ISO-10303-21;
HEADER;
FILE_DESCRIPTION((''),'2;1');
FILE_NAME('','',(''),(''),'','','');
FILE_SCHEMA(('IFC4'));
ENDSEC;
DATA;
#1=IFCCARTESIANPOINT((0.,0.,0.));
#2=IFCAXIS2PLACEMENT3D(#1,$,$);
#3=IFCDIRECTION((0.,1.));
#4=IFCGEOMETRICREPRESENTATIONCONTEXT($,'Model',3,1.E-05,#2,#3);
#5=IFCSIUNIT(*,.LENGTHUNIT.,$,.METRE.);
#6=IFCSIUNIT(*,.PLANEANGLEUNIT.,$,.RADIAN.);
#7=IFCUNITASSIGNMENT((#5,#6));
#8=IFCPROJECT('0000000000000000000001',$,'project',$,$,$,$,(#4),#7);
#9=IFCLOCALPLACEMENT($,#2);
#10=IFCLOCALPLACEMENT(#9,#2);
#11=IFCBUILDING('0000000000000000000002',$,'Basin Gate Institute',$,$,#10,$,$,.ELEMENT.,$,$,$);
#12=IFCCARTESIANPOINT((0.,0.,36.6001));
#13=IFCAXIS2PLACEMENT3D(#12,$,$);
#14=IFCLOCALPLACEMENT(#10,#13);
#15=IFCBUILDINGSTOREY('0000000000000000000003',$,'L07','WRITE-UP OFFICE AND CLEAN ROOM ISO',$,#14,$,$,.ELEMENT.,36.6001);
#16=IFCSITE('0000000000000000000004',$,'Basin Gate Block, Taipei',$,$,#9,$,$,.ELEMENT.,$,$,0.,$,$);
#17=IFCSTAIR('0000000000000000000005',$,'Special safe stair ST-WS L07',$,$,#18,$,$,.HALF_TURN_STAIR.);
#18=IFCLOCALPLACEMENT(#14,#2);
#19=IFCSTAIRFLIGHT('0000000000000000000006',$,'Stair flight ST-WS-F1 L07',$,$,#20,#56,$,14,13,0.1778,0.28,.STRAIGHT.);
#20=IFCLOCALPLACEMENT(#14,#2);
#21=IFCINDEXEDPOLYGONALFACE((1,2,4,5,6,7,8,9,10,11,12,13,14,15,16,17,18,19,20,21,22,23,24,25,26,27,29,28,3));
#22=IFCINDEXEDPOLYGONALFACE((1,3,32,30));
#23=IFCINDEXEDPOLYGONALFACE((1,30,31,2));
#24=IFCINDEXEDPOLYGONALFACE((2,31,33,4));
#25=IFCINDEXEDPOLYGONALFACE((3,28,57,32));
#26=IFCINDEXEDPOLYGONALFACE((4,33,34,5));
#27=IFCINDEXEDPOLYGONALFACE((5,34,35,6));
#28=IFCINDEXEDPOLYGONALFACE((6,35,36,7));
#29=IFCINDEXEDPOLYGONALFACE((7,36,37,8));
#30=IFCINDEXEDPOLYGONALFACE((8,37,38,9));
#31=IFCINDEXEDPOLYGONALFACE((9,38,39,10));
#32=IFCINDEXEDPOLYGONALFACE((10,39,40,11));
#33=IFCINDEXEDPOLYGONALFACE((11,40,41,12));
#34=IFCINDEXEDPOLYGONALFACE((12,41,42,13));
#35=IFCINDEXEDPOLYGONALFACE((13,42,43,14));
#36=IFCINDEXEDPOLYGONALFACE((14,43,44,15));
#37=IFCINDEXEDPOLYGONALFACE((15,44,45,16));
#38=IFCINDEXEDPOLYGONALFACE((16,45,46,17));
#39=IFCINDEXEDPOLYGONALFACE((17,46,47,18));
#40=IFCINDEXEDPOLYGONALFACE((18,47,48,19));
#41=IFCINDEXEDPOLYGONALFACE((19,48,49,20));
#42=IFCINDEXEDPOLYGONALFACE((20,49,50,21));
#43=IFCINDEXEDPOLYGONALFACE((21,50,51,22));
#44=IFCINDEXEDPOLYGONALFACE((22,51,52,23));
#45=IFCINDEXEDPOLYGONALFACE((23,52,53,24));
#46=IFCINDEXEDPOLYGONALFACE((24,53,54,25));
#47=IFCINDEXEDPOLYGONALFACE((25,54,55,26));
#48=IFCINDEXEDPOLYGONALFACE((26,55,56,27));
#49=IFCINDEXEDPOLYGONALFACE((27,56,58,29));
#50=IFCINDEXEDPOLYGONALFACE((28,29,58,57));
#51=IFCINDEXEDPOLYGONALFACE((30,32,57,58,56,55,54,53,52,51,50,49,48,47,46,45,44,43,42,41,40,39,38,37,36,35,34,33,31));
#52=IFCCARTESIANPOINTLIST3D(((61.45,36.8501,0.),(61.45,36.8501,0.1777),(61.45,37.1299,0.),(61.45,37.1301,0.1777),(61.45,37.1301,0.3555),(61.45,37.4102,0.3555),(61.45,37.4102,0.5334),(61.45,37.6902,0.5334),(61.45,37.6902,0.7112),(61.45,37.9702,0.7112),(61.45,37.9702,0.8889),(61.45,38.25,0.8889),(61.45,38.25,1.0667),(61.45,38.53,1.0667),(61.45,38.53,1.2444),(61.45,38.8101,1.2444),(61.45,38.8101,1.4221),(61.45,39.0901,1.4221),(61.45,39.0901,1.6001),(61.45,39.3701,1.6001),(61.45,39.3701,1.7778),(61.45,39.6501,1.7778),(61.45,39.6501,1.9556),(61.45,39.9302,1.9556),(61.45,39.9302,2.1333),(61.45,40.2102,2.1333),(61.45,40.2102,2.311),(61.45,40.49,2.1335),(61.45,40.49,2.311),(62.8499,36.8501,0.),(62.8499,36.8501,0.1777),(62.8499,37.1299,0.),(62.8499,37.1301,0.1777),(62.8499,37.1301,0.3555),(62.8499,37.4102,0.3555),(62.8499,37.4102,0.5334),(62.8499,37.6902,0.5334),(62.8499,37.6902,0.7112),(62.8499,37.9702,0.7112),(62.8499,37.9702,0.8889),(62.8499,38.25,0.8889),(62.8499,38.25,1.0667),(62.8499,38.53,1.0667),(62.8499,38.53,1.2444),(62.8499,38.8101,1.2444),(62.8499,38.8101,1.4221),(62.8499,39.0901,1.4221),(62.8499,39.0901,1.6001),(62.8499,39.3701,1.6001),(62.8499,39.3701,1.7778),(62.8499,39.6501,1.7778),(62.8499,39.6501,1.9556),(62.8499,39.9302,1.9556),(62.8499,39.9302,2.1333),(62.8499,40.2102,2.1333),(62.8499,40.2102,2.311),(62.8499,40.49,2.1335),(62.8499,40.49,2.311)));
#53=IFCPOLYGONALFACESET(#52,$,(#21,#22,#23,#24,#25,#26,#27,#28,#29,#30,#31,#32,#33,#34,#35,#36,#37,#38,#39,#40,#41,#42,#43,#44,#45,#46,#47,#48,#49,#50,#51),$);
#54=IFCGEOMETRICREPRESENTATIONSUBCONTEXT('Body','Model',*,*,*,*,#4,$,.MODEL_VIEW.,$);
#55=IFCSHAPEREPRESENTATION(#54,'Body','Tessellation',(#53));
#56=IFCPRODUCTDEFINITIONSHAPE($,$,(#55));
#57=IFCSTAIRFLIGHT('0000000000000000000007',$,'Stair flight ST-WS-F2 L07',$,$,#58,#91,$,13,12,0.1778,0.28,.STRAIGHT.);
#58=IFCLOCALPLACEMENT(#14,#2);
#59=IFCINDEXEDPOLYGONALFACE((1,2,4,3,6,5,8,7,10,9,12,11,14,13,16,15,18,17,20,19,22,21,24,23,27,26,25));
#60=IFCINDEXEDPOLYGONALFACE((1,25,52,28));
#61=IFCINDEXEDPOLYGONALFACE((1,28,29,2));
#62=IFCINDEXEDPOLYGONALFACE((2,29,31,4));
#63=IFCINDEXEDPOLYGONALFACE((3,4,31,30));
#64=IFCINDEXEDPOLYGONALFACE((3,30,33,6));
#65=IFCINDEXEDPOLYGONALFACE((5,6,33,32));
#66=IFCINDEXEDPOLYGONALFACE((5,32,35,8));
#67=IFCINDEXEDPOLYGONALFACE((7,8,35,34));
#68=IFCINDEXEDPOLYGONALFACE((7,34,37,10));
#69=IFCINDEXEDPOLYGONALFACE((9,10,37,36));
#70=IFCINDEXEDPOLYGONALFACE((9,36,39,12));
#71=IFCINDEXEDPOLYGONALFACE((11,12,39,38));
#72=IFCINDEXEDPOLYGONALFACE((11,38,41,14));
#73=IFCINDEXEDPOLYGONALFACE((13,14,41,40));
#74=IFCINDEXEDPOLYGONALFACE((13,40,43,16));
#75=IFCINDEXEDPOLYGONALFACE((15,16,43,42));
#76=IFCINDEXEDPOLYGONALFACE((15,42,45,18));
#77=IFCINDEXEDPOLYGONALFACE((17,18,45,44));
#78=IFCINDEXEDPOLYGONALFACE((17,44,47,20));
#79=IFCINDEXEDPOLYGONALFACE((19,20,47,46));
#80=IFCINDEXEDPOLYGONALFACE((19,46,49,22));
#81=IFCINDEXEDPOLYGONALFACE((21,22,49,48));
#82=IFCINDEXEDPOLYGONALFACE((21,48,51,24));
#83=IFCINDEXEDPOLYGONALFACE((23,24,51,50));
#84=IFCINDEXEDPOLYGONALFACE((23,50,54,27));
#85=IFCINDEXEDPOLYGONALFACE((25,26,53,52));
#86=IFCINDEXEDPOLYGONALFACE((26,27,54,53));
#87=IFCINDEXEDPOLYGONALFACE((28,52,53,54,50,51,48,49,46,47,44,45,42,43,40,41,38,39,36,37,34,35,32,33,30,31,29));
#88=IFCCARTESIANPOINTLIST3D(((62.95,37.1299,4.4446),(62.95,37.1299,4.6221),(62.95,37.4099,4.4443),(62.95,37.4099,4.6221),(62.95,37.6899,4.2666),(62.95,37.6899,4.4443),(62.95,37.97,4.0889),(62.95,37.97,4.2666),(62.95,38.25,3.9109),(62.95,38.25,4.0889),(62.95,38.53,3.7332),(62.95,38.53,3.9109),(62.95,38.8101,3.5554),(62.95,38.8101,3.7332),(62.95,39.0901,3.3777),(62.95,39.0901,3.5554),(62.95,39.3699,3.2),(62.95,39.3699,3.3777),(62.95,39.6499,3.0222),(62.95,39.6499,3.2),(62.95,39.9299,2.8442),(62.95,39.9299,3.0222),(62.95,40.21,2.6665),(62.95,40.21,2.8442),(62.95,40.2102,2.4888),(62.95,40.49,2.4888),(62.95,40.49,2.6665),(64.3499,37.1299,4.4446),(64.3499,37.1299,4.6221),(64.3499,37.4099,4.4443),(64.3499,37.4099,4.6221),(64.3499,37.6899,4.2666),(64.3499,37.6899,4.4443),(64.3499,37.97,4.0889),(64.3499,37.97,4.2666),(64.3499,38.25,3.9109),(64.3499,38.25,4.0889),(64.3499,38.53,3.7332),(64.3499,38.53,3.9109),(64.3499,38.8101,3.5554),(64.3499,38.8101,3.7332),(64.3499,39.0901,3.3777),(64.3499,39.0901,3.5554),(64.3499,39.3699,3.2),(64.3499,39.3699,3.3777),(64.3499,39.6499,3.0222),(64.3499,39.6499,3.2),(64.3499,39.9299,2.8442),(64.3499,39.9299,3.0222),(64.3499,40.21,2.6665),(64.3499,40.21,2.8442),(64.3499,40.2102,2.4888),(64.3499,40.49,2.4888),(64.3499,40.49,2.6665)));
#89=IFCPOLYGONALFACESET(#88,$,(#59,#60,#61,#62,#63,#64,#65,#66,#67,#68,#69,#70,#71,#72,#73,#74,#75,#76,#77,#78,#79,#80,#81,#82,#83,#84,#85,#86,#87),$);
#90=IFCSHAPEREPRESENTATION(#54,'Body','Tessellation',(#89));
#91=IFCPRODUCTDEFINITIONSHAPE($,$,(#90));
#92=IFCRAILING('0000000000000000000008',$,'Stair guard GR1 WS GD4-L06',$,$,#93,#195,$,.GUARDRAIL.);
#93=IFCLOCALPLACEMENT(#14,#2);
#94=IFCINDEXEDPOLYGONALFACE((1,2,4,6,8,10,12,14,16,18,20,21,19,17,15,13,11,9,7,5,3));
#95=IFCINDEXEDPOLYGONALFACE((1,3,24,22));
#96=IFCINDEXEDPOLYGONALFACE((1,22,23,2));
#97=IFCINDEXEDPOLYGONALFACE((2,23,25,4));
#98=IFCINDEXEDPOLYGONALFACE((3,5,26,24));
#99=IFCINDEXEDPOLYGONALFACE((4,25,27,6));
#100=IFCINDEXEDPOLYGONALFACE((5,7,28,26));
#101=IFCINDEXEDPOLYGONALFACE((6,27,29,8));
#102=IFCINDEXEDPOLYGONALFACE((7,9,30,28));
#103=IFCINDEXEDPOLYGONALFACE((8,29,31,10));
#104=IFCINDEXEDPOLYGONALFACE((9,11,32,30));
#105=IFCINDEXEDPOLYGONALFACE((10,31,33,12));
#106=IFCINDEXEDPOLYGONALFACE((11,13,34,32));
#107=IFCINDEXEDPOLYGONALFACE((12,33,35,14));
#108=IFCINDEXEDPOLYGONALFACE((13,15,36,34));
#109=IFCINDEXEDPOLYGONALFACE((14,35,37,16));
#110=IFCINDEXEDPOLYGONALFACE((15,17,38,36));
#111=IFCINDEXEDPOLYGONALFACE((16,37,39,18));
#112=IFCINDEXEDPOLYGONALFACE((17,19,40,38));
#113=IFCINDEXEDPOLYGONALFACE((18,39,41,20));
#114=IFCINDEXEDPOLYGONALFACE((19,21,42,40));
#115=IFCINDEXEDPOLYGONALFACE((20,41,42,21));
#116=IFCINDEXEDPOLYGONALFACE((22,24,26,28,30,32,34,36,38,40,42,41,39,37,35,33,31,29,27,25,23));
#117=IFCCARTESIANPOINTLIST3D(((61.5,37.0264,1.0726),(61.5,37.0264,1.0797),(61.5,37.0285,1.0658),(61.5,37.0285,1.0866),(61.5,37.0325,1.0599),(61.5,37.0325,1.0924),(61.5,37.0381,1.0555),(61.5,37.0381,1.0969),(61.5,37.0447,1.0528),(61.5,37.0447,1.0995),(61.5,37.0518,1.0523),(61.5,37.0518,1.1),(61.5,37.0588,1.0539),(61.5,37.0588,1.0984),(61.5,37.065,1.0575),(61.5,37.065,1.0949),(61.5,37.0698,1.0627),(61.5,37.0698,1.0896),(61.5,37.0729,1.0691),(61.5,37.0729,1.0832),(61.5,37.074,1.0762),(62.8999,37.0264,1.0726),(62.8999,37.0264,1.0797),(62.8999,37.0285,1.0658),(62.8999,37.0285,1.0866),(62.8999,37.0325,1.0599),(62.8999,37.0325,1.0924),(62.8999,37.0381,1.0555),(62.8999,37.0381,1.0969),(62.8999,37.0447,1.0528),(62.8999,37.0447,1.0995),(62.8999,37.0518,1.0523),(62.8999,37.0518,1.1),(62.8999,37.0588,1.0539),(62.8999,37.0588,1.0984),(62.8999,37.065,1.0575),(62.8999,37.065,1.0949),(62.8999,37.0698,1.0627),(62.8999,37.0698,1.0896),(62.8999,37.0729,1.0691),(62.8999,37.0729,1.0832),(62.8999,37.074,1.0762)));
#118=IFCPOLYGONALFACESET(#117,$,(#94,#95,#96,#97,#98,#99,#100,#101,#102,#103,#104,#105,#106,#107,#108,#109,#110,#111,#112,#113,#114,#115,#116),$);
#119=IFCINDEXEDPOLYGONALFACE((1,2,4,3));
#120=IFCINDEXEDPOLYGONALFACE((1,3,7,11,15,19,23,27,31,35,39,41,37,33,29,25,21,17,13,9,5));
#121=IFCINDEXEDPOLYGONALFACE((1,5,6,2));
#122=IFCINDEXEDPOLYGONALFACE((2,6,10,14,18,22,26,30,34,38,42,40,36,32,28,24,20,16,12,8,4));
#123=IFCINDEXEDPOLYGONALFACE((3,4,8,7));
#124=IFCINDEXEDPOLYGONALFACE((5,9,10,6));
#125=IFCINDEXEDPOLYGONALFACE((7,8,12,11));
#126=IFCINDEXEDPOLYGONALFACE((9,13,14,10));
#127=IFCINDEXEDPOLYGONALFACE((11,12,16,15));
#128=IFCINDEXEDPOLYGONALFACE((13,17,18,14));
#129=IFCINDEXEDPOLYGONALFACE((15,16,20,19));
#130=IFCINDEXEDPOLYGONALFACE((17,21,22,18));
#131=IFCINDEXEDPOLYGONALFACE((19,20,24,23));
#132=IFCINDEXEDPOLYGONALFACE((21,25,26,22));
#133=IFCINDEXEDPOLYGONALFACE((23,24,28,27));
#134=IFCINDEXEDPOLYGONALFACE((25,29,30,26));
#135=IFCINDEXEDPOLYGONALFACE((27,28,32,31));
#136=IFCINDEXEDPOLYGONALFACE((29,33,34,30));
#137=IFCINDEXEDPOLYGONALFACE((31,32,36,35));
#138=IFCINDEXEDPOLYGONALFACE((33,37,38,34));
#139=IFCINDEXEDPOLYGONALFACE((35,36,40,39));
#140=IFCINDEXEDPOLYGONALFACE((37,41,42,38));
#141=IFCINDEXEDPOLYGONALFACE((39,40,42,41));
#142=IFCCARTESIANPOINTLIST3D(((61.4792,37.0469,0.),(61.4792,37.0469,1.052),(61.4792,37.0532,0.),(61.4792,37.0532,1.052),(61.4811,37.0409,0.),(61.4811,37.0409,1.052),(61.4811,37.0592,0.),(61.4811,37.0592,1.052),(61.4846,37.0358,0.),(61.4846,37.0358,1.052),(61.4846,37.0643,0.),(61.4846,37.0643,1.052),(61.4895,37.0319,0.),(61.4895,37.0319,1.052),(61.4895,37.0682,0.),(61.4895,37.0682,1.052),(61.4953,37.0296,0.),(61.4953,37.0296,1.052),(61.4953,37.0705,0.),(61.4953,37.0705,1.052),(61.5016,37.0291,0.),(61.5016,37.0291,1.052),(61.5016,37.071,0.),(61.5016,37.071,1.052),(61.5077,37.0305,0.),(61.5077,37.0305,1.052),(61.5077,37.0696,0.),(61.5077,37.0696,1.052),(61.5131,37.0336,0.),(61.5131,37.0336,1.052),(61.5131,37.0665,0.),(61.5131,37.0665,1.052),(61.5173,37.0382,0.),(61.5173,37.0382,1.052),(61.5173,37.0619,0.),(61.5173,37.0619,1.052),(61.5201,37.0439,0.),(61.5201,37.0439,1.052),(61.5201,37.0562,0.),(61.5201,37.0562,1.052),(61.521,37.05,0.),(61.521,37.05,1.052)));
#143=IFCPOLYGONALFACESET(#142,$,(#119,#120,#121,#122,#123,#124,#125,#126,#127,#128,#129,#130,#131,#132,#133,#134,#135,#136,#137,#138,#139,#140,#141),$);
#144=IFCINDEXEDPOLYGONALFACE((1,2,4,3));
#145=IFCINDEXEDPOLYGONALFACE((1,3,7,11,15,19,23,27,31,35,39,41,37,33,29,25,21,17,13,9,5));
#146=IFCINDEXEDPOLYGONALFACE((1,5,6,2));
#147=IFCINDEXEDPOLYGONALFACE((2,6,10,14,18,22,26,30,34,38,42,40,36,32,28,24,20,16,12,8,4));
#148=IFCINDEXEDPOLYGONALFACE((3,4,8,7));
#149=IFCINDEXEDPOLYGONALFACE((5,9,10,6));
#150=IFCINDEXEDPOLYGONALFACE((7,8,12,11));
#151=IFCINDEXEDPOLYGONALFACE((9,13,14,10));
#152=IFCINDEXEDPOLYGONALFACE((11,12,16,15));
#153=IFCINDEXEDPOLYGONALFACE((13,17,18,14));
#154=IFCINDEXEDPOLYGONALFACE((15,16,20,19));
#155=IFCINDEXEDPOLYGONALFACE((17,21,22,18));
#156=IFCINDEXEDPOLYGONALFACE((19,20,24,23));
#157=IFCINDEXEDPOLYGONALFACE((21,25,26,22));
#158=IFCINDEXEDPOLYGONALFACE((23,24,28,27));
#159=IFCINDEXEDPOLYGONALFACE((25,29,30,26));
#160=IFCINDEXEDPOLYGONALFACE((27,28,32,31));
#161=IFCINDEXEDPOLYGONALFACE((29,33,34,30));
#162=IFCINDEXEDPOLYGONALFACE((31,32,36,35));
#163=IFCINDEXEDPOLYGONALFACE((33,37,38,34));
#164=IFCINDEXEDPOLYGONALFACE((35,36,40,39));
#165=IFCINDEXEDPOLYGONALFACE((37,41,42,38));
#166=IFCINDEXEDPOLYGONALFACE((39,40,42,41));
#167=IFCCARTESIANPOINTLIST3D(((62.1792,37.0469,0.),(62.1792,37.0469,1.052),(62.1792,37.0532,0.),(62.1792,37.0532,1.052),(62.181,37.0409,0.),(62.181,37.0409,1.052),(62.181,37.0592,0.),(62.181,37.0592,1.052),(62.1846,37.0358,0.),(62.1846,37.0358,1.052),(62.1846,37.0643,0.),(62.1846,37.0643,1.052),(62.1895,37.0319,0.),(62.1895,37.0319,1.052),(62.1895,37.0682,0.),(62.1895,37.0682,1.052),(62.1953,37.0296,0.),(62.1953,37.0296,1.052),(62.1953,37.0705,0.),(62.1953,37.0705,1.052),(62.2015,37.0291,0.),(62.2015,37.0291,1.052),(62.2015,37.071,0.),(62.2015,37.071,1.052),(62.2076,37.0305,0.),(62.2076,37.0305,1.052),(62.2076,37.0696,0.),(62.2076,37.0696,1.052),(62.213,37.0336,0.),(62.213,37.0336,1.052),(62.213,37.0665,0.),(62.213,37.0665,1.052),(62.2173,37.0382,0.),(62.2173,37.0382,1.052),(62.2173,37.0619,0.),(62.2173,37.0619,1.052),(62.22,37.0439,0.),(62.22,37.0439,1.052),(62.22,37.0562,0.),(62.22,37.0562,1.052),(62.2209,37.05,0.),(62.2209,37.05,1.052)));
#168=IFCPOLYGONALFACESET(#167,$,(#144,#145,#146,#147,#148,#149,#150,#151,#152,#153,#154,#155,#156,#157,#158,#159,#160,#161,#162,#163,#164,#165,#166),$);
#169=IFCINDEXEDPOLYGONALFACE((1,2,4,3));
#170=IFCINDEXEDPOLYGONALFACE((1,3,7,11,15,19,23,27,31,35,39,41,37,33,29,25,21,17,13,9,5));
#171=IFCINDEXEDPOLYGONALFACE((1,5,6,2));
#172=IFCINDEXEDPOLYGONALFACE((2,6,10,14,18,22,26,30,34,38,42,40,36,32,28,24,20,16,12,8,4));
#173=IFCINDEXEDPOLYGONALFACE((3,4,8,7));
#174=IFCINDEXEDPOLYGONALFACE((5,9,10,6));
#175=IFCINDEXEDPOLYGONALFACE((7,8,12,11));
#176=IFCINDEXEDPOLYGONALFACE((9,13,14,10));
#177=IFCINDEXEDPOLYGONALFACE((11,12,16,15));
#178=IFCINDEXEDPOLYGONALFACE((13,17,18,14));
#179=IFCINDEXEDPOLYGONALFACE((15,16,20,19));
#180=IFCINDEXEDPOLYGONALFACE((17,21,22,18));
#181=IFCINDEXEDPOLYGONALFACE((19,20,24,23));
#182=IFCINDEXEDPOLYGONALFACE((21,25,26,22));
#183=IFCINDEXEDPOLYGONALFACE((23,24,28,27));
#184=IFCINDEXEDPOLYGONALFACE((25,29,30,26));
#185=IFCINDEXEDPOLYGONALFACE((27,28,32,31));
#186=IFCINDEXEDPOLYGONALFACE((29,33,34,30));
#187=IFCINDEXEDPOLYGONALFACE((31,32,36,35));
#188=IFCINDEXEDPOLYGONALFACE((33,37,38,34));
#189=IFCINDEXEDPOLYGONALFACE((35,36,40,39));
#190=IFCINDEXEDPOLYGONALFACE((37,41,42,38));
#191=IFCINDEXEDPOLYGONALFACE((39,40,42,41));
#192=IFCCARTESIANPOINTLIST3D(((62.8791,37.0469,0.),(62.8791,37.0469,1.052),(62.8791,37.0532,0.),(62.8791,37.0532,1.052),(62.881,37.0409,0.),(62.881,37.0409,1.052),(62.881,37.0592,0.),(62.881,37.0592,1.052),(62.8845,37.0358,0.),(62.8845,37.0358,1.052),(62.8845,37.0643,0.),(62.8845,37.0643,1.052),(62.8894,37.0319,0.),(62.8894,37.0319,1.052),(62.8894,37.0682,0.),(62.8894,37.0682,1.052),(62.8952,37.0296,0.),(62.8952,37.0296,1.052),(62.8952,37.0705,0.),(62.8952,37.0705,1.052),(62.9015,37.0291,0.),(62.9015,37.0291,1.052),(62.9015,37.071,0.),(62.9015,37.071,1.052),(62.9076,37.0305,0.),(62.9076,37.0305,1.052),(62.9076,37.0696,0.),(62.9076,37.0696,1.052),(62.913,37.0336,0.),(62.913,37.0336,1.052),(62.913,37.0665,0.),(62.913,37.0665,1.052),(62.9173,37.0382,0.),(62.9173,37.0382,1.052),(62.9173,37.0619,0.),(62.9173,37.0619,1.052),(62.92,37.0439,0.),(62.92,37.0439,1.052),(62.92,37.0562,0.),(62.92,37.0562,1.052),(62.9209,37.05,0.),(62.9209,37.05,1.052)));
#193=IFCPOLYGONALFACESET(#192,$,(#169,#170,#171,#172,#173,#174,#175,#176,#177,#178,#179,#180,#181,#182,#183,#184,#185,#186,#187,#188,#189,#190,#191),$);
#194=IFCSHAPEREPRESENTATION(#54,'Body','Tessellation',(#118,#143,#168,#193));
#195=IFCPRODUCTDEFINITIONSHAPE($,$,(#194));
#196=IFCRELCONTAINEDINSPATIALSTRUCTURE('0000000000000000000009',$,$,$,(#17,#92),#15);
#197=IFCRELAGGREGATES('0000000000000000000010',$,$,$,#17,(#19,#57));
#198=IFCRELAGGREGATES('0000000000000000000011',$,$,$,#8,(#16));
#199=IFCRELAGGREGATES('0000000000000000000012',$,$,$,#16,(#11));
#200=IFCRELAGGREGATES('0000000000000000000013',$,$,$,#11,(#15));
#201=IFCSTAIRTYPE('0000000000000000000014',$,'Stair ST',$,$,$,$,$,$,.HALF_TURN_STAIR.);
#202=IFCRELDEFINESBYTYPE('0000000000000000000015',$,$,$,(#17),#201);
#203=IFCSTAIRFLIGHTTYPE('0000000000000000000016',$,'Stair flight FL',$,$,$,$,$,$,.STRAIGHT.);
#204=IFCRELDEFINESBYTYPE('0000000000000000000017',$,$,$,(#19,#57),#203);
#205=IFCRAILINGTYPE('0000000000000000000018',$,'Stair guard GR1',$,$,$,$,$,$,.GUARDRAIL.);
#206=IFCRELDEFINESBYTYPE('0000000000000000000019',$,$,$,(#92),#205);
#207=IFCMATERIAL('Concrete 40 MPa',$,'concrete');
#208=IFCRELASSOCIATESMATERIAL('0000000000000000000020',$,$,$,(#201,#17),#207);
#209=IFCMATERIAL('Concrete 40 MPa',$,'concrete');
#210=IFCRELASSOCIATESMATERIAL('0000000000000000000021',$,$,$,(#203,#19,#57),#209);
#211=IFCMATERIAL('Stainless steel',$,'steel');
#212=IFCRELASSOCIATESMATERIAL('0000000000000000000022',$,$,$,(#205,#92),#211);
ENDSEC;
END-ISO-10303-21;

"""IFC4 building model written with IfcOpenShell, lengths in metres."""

from ifc_helpers import new_model, si_unit, direction, frame, origin, origin_2d, place, context, subcontext, project, spatial, polyline, circle, outline, extrude, material, type_object, element, aggregate, save


model = new_model("IFC4")

# Units and contexts
model_context = context("Model", 3, precision=1e-05, world=origin(), true_north=direction((0.0, 1.0)))
body_context = subcontext(model_context, "Body", "Model", "MODEL_VIEW")
ifc_project = project(units=[si_unit("LENGTHUNIT", "METRE"), si_unit("PLANEANGLEUNIT", "RADIAN")], contexts=[model_context])

# Site, building, storey
site_placement = place(None, origin())
site = spatial("IfcSite", under=ifc_project, at=site_placement, Name="Basin Gate Block, Taipei", CompositionType="ELEMENT", RefElevation=0.0)
building_placement = place(site_placement, origin())
building = spatial("IfcBuilding", under=site, at=building_placement, Name="Basin Gate Institute", CompositionType="ELEMENT")
storey_placement = place(building_placement, frame((0.0, 0.0, 36.6001)))
storey = spatial("IfcBuildingStorey", under=building, at=storey_placement, Name="L07", Description="WRITE-UP OFFICE AND CLEAN ROOM ISO", CompositionType="ELEMENT", Elevation=36.6001)

# Stair, stair flights
ifc_material_1 = material(Name="Concrete 40 MPa", Category="concrete")
stair_type = type_object("IfcStairType", Name="Stair ST", PredefinedType="HALF_TURN_STAIR", material=ifc_material_1)
stair_placement = place(storey_placement, origin())
stair = element("IfcStair", 1, at=stair_placement, inside=storey, type_object=stair_type, material=ifc_material_1, Name="Special safe stair ST-WS L07", PredefinedType="HALF_TURN_STAIR")
ifc_material_2 = material(Name="Concrete 40 MPa", Category="concrete")
stair_flight_type = type_object("IfcStairFlightType", Name="Stair flight FL", PredefinedType="STRAIGHT", material=ifc_material_2)
stair_flight_1_placement = place(storey_placement, frame((62.1499, 36.8501, 0.0), z_axis=(0.0, 0.0, 1.0), x_axis=(0.0, 1.0, 0.0)))
stair_flight_1 = element("IfcStairFlight", 2, at=stair_flight_1_placement, type_object=stair_flight_type, material=ifc_material_2, Name="Stair flight ST-WS-F1 L07", NumberOfRisers=14, NumberOfTreads=13, PredefinedType="STRAIGHT", RiserHeight=0.1778, TreadLength=0.28, context=body_context, shape_type="SweptSolid", body=[
    extrude(outline(polyline([(0.0, 0.0), (0.0, 0.1777), (0.28, 0.1777), (0.28, 0.3555), (0.5601, 0.3555), (0.5601, 0.5334), (0.8401, 0.5334), (0.8401, 0.7112), (1.1201, 0.7112), (1.1201, 0.8889), (1.3999, 0.8889), (1.3999, 1.0667), (1.6799, 1.0667), (1.6799, 1.2444), (1.96, 1.2444), (1.96, 1.4221), (2.24, 1.4221), (2.24, 1.6001), (2.52, 1.6001), (2.52, 1.7778), (2.8, 1.7778), (2.8, 1.9556), (3.0801, 1.9556), (3.0801, 2.1333), (3.3601, 2.1333), (3.3601, 2.311), (3.6399, 2.311), (3.6399, 2.4888), (3.6399, 2.1335), (0.2798, 0.0), (0.0, 0.0)])), frame((0.0, 0.7, 0.0), z_axis=(0.0, -1.0, 0.0), x_axis=(1.0, 0.0, 0.0)), (0.0, 0.0, 1.0), 1.3999),
])
stair_flight_2_placement = place(storey_placement, frame((63.6499, 40.49, 2.4888), z_axis=(0.0, 0.0, 1.0), x_axis=(0.0, -1.0, 0.0)))
stair_flight_2 = element("IfcStairFlight", 3, at=stair_flight_2_placement, type_object=stair_flight_type, material=ifc_material_2, Name="Stair flight ST-WS-F2 L07", NumberOfRisers=13, NumberOfTreads=12, PredefinedType="STRAIGHT", RiserHeight=0.1778, TreadLength=0.28, context=body_context, shape_type="SweptSolid", body=[
    extrude(outline(polyline([(0.0, 0.0), (0.0, 0.1777), (0.28, 0.1777), (0.28, 0.3555), (0.5601, 0.3555), (0.5601, 0.5334), (0.8401, 0.5334), (0.8401, 0.7112), (1.1201, 0.7112), (1.1201, 0.8889), (1.3999, 0.8889), (1.3999, 1.0667), (1.6799, 1.0667), (1.6799, 1.2444), (1.96, 1.2444), (1.96, 1.4221), (2.24, 1.4221), (2.24, 1.6001), (2.52, 1.6001), (2.52, 1.7778), (2.8, 1.7778), (2.8, 1.9556), (3.0801, 1.9556), (3.0801, 2.1333), (3.3601, 2.1333), (3.3601, 2.311), (3.3601, 1.9558), (0.2798, 0.0), (0.0, 0.0)])), frame((0.0, 0.7, 0.0), z_axis=(0.0, -1.0, 0.0), x_axis=(1.0, 0.0, 0.0)), (0.0, 0.0, 1.0), 1.3999),
])
aggregate(stair, [stair_flight_1, stair_flight_2])

# Railing
ifc_material_3 = material(Name="Stainless steel", Category="steel")
railing_type_1 = type_object("IfcRailingType", Name="Stair guard GR1", PredefinedType="GUARDRAIL", material=ifc_material_3)
railing_1_placement = place(storey_placement, frame((61.5, 37.05, 0.0)))
element("IfcRailing", 4, at=railing_1_placement, inside=storey, type_object=railing_type_1, material=ifc_material_3, Name="Stair guard GR1 WS GD4-L06", PredefinedType="GUARDRAIL", context=body_context, shape_type="SweptSolid", body=[
    extrude(circle(Radius=0.0239, at=origin_2d()), frame((0.0, 0.0, 1.0762), z_axis=(1.0, 0.0, 0.0), x_axis=(0.0, 1.0, 0.0)), (0.0, 0.0, 1.0), 1.3999),
    extrude(circle(Radius=0.021, at=origin_2d()), origin(), (0.0, 0.0, 1.0), 1.052),
    extrude(circle(Radius=0.021, at=origin_2d()), frame((0.7, 0.0, 0.0)), (0.0, 0.0, 1.0), 1.052),
    extrude(circle(Radius=0.021, at=origin_2d()), frame((1.3999, 0.0, 0.0)), (0.0, 0.0, 1.0), 1.052),
])

save(model, "model.ifc")
